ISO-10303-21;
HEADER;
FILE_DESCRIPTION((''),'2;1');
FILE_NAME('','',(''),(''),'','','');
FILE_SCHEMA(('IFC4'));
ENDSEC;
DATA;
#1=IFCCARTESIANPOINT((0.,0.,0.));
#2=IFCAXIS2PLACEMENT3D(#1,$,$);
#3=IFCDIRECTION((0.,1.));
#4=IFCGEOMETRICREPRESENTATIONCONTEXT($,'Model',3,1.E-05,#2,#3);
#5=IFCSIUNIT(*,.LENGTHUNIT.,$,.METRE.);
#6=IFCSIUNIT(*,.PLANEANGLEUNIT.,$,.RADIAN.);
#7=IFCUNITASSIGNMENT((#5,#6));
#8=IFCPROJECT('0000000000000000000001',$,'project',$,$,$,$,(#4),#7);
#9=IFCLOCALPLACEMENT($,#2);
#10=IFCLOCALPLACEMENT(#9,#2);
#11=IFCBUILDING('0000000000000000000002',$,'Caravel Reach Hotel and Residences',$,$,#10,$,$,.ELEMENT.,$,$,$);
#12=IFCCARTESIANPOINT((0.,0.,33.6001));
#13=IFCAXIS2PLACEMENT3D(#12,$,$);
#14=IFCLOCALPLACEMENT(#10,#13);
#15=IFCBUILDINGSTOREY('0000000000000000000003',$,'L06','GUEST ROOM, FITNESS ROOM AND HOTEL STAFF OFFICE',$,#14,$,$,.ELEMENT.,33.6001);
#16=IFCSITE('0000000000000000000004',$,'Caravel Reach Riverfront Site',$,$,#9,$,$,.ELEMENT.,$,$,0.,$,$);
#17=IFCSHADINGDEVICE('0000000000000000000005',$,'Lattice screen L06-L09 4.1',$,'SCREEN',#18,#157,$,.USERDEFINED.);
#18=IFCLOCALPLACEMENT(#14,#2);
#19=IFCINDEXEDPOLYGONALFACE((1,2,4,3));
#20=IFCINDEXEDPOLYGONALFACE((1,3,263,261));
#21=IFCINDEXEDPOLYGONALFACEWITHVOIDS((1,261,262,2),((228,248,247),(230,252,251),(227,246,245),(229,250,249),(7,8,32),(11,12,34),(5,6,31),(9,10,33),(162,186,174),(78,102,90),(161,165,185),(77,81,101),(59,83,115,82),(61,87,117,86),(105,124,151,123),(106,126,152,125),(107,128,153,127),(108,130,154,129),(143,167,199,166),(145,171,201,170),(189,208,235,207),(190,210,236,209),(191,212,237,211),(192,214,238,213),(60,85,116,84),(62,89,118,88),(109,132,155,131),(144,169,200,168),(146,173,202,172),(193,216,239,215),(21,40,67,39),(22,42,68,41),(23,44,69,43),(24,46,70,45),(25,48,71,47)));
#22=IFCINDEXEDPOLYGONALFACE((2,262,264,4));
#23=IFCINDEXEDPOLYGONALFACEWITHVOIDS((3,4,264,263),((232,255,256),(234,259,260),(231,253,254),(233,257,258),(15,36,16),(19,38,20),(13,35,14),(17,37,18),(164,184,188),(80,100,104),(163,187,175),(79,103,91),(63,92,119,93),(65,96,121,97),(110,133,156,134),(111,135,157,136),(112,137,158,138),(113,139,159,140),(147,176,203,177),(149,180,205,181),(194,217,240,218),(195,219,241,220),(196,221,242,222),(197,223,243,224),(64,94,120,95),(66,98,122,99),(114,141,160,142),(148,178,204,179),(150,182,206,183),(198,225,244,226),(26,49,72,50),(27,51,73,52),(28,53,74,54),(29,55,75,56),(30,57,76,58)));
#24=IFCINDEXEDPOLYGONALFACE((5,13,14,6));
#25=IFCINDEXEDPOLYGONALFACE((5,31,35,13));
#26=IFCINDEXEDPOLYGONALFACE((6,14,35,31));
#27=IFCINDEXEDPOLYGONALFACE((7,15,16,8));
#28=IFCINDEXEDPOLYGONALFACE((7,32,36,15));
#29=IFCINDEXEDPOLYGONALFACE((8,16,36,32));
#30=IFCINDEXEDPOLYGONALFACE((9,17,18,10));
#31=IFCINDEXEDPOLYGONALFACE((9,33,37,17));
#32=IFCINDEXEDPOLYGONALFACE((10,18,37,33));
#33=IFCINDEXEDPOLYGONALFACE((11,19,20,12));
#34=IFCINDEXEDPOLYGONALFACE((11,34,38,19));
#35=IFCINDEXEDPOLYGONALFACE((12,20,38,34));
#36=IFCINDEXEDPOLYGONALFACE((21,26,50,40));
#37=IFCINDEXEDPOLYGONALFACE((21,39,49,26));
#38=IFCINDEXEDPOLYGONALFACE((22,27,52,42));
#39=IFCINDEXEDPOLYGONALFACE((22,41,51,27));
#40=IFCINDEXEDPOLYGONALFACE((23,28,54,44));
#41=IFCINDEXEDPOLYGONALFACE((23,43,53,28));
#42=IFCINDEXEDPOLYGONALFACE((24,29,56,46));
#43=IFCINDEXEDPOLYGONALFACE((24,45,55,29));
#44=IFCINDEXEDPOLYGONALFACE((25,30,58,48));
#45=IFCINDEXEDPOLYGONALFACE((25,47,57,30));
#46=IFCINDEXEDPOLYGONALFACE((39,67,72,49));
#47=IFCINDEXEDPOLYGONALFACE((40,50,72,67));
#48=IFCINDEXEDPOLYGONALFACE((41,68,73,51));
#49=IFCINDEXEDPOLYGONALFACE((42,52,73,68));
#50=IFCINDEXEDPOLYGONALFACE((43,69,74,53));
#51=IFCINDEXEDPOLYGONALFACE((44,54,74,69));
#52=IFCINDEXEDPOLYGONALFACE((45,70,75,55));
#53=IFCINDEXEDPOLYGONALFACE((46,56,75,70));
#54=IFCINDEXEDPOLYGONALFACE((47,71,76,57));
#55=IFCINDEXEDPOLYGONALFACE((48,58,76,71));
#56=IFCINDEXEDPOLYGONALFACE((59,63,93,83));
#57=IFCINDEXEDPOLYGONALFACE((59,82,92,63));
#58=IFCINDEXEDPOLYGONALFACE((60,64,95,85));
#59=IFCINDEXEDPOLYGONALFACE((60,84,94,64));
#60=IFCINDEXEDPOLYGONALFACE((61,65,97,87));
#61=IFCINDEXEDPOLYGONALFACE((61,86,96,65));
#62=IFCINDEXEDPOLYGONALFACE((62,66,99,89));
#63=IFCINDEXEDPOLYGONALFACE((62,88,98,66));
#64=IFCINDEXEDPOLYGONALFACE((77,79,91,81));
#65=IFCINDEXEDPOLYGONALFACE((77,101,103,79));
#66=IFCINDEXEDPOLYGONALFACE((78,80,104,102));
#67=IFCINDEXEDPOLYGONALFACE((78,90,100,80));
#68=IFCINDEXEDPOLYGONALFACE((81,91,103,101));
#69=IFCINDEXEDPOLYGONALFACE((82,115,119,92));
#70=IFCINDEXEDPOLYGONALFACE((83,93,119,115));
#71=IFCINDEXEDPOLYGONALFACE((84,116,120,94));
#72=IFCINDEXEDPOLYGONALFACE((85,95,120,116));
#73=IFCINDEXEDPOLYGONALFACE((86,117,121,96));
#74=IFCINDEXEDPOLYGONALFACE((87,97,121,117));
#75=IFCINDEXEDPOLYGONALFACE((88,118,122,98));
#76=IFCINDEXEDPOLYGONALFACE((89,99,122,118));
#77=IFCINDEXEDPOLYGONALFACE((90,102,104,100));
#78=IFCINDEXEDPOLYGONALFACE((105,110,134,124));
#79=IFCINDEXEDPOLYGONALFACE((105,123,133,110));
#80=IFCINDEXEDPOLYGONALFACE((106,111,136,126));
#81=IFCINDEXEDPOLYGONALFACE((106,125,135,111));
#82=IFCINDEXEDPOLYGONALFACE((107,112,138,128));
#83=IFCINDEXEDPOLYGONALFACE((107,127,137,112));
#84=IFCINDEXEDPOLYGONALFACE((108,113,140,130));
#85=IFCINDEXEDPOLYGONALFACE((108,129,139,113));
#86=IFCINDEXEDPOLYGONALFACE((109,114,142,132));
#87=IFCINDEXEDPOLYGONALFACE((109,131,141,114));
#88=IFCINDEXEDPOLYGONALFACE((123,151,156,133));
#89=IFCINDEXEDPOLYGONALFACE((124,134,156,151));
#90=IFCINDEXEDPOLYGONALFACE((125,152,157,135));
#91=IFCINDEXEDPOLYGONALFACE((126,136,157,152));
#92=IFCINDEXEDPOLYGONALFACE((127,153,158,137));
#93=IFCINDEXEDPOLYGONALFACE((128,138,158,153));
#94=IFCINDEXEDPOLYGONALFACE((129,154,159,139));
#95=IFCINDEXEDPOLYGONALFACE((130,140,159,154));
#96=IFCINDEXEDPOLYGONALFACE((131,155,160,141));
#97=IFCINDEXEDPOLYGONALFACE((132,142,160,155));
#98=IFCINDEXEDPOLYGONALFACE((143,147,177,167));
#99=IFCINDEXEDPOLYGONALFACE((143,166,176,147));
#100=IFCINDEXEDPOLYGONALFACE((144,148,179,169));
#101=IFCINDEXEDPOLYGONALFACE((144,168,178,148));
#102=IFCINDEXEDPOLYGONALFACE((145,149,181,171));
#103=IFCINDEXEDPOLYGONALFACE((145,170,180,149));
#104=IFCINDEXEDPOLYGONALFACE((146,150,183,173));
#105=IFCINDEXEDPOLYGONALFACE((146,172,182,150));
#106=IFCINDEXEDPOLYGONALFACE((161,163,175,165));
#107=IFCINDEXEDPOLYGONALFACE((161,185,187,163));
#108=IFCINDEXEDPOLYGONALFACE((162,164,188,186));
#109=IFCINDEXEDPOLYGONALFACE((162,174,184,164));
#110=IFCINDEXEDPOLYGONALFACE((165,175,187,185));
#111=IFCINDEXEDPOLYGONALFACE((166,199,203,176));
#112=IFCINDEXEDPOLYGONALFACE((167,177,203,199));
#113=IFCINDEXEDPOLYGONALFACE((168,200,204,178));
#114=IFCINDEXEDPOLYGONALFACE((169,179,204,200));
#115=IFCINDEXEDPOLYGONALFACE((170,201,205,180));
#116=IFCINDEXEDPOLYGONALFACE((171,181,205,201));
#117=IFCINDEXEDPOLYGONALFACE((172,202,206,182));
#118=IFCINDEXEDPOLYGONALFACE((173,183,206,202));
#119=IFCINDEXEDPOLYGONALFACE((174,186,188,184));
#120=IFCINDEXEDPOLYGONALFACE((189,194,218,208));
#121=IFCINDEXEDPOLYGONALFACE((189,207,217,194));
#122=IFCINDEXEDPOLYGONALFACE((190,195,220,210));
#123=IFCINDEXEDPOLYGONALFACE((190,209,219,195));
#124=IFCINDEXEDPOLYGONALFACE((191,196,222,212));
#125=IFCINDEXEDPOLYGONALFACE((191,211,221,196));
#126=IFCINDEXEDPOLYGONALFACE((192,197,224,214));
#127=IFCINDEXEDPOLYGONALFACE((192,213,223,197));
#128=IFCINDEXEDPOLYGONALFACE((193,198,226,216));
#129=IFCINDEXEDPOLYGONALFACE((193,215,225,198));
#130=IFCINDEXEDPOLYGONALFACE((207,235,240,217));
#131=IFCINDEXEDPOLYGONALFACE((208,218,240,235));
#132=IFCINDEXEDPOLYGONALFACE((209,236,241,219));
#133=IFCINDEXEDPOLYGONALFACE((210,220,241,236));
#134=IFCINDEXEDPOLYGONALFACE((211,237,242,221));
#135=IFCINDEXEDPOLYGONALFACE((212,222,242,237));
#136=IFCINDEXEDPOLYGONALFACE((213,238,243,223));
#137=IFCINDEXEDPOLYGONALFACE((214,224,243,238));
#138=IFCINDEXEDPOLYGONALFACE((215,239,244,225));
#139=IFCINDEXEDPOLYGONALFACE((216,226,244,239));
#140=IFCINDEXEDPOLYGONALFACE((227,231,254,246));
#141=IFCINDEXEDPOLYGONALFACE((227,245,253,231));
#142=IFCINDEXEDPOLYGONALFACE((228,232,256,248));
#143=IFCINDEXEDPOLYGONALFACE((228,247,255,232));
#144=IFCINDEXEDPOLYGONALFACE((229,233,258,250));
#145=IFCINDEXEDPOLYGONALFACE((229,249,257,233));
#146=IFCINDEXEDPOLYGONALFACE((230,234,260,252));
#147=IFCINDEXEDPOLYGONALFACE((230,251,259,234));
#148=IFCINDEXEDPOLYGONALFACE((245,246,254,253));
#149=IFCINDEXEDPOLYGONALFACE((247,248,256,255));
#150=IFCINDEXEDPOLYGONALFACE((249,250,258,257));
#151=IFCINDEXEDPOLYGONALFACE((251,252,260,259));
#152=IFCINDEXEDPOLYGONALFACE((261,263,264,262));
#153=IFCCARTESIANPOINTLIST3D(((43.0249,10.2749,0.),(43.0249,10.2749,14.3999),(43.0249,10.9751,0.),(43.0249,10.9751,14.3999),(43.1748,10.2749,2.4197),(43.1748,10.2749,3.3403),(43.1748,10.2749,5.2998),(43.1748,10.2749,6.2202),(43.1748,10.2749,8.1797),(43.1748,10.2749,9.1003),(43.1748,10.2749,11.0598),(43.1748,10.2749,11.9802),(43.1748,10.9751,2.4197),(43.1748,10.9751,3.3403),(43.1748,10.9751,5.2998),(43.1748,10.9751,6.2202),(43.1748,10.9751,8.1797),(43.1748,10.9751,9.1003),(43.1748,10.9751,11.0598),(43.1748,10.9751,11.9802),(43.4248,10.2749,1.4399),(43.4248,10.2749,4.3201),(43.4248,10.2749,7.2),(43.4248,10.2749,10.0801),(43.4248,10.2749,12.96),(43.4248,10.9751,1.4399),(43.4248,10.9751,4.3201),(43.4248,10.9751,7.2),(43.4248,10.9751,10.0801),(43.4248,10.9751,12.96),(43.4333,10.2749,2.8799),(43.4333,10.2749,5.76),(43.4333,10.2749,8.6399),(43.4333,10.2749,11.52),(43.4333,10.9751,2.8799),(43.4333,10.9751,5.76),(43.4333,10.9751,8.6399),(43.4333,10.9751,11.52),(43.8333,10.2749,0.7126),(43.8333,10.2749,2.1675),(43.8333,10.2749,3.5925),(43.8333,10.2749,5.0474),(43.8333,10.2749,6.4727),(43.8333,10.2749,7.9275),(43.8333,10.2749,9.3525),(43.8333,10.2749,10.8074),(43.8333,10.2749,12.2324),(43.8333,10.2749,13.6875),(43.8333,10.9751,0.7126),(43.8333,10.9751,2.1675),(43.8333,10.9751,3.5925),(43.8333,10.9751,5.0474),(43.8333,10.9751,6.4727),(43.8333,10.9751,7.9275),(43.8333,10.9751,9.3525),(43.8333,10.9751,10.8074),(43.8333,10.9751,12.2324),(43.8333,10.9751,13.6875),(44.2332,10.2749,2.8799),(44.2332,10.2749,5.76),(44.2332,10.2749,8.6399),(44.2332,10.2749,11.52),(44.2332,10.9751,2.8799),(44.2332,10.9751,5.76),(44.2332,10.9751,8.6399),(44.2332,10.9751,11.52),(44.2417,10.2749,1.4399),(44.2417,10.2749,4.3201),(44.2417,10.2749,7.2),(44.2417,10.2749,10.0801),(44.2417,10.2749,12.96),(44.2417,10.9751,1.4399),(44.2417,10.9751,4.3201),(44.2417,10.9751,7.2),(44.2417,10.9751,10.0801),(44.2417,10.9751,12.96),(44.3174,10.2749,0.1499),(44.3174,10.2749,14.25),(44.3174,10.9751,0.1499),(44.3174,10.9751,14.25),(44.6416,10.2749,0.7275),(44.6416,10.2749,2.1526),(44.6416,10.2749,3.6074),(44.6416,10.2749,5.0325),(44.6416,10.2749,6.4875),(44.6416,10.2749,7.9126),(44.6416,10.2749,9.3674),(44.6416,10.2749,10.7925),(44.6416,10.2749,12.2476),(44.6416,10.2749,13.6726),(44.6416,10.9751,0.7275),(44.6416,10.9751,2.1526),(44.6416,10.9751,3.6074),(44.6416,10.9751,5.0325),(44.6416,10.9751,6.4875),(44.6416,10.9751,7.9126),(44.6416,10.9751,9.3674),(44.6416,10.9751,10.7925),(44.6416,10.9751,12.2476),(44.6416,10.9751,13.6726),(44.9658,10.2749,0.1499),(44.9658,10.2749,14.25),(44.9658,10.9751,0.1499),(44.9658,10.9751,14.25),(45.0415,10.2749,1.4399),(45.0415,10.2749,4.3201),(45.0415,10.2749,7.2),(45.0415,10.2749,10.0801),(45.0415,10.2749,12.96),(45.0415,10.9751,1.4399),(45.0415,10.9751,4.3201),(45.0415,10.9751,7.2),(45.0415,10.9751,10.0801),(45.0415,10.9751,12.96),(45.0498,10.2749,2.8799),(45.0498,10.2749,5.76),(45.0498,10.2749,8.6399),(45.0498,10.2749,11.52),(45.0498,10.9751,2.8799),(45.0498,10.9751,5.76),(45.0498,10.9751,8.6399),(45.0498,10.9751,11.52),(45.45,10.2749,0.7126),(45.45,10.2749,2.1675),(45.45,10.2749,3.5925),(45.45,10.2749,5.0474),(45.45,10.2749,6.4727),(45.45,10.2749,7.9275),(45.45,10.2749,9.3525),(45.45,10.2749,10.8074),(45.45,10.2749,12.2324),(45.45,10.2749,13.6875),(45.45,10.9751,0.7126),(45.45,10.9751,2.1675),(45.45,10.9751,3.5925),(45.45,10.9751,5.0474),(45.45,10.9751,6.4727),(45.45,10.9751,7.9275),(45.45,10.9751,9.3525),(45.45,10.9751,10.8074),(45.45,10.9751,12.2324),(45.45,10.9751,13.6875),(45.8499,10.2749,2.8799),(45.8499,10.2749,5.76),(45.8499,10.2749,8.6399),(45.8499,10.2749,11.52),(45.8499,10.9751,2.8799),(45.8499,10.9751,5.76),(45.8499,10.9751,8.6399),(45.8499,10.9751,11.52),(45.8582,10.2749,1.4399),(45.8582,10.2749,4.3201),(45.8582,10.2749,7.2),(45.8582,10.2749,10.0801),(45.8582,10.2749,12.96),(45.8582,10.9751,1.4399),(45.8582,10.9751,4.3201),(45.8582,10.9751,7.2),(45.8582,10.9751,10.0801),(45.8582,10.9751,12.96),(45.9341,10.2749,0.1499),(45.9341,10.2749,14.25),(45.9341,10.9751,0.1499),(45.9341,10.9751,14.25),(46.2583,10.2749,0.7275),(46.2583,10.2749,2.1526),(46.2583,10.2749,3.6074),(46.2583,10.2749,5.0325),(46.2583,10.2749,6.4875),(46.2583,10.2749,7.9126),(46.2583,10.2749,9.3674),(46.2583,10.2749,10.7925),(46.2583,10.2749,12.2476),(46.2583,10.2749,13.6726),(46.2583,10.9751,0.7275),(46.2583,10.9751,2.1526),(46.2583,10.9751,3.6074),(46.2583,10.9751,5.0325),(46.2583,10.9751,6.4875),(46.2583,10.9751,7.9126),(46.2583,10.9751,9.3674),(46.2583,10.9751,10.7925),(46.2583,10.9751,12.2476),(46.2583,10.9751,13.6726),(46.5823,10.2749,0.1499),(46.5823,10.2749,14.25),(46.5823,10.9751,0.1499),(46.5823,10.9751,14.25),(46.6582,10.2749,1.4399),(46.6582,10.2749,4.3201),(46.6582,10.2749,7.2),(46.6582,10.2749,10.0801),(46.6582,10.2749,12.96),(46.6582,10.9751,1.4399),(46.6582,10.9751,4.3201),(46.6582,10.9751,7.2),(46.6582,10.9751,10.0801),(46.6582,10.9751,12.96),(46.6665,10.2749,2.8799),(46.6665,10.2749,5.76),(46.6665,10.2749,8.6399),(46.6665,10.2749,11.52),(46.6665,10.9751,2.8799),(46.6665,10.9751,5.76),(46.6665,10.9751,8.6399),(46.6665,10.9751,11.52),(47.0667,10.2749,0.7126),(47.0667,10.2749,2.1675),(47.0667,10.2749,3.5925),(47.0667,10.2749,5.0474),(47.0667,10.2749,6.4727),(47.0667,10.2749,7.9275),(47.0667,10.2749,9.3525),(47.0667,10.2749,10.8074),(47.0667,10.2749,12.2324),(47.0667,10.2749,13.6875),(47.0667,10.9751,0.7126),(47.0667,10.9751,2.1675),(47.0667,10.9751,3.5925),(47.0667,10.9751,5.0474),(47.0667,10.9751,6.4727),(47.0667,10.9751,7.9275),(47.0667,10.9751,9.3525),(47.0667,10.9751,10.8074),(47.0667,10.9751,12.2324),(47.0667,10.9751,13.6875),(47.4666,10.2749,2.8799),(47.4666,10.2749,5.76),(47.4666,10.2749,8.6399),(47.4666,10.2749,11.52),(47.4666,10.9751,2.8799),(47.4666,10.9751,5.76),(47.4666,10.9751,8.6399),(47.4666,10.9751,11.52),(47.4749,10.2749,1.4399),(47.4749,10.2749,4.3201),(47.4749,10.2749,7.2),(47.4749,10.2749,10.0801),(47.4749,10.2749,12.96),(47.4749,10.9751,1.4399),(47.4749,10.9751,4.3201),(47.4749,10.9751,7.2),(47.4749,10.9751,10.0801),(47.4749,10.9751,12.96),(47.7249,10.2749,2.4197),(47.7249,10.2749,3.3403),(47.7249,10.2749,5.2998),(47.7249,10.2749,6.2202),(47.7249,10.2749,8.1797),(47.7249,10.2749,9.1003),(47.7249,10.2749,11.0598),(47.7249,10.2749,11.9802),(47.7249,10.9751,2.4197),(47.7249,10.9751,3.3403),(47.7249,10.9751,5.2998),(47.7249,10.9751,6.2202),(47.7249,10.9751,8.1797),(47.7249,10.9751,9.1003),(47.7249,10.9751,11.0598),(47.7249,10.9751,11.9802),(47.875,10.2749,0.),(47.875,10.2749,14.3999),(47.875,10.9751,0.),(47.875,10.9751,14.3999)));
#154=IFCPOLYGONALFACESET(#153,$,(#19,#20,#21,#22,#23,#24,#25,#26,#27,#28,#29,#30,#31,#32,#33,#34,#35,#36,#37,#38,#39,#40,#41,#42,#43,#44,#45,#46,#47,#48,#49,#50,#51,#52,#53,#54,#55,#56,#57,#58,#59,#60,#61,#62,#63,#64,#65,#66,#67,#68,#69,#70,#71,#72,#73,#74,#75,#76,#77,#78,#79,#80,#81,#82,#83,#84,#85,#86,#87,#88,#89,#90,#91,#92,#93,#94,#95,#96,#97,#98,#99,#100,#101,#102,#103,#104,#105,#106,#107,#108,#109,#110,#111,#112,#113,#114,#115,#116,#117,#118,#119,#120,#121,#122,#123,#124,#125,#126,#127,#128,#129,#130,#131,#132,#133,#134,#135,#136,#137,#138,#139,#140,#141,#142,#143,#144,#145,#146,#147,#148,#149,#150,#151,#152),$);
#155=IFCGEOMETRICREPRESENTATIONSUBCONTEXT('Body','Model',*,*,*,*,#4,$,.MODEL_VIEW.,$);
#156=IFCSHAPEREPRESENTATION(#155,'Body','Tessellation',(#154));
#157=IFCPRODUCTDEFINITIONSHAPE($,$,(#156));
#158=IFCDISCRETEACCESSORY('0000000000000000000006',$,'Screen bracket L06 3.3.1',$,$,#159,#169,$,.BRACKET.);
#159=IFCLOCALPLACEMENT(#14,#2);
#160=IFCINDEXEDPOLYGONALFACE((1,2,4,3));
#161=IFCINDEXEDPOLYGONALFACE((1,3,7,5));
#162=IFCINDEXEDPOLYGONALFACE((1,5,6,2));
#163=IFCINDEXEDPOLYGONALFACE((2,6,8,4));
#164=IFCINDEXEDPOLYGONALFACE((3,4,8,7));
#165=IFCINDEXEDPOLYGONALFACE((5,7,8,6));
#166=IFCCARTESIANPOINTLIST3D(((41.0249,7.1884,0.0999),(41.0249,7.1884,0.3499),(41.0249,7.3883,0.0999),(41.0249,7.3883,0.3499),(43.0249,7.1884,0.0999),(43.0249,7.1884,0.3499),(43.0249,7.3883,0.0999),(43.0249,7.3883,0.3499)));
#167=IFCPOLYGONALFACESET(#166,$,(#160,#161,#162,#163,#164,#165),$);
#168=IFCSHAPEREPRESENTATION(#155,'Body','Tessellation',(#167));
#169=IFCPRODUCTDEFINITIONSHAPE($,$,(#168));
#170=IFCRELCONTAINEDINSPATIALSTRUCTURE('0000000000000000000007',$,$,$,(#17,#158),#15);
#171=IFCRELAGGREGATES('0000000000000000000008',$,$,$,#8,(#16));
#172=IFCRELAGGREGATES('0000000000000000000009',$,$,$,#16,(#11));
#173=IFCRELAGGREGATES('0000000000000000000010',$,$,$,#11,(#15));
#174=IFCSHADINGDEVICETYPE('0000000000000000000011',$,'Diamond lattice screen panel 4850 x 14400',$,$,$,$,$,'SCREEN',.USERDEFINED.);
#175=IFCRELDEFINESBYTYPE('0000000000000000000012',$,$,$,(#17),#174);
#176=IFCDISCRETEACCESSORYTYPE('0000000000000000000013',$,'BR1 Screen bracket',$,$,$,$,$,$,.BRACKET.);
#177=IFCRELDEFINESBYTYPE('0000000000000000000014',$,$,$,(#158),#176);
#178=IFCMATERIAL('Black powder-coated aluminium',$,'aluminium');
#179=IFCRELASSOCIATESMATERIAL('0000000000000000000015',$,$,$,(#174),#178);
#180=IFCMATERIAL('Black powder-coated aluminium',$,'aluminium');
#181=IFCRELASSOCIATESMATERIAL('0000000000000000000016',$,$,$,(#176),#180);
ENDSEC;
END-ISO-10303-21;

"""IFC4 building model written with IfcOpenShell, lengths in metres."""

from ifc_helpers import new_model, si_unit, direction, frame, origin, origin_2d, place, context, subcontext, project, spatial, polyline, rectangle, outline, extrude, material, type_object, element, save


model = new_model("IFC4")

# Units and contexts
model_context = context("Model", 3, precision=1e-05, world=origin(), true_north=direction((0.0, 1.0)))
body_context = subcontext(model_context, "Body", "Model", "MODEL_VIEW")
ifc_project = project(units=[si_unit("LENGTHUNIT", "METRE"), si_unit("PLANEANGLEUNIT", "RADIAN")], contexts=[model_context])

# Site, building, storey
site_placement = place(None, origin())
site = spatial("IfcSite", under=ifc_project, at=site_placement, Name="Caravel Reach Riverfront Site", CompositionType="ELEMENT", RefElevation=0.0)
building_placement = place(site_placement, origin())
building = spatial("IfcBuilding", under=site, at=building_placement, Name="Caravel Reach Hotel and Residences", CompositionType="ELEMENT")
storey_placement = place(building_placement, frame((0.0, 0.0, 33.6001)))
storey = spatial("IfcBuildingStorey", under=building, at=storey_placement, Name="L06", Description="GUEST ROOM, FITNESS ROOM AND HOTEL STAFF OFFICE", CompositionType="ELEMENT", Elevation=33.6001)

# Shading device
ifc_material_1 = material(Name="Black powder-coated aluminium", Category="aluminium")
shading_device_type_1 = type_object("IfcShadingDeviceType", Name="Diamond lattice screen panel 4850 x 14400", ElementType="SCREEN", PredefinedType="USERDEFINED", material=ifc_material_1)
shading_device_1_placement = place(storey_placement, frame((43.0249, 10.9751, 0.0), z_axis=(0.0, -1.0, 0.0), x_axis=(1.0, 0.0, 0.0)))
element("IfcShadingDevice", 1, at=shading_device_1_placement, inside=storey, type_object=shading_device_type_1, Name="Lattice screen L06-L09 4.1", ObjectType="SCREEN", PredefinedType="USERDEFINED", context=body_context, shape_type="SweptSolid", body=[
    extrude(outline(polyline([(0.0, 0.0), (4.8501, 0.0), (4.8501, 14.3999), (0.0, 14.3999), (0.0, 0.0)]), holes=[polyline([(0.4084, 2.8799), (0.1499, 3.3403), (0.1499, 2.4197), (0.4084, 2.8799)]), polyline([(0.4084, 5.76), (0.1499, 6.2202), (0.1499, 5.2998), (0.4084, 5.76)]), polyline([(0.4084, 8.6399), (0.1499, 9.1003), (0.1499, 8.1797), (0.4084, 8.6399)]), polyline([(0.4084, 11.52), (0.1499, 11.9802), (0.1499, 11.0598), (0.4084, 11.52)]), polyline([(0.8083, 2.1675), (0.3999, 1.4399), (0.8083, 0.7126), (1.2168, 1.4399), (0.8083, 2.1675)]), polyline([(0.8083, 5.0474), (0.3999, 4.3201), (0.8083, 3.5925), (1.2168, 4.3201), (0.8083, 5.0474)]), polyline([(0.8083, 7.9275), (0.3999, 7.2), (0.8083, 6.4727), (1.2168, 7.2), (0.8083, 7.9275)]), polyline([(0.8083, 10.8074), (0.3999, 10.0801), (0.8083, 9.3525), (1.2168, 10.0801), (0.8083, 10.8074)]), polyline([(0.8083, 13.6875), (0.3999, 12.96), (0.8083, 12.2324), (1.2168, 12.96), (0.8083, 13.6875)]), polyline([(1.6167, 0.7275), (1.2925, 0.1499), (1.9409, 0.1499), (1.6167, 0.7275)]), polyline([(1.6167, 3.6074), (1.2083, 2.8799), (1.6167, 2.1526), (2.0249, 2.8799), (1.6167, 3.6074)]), polyline([(1.6167, 6.4875), (1.2083, 5.76), (1.6167, 5.0325), (2.0249, 5.76), (1.6167, 6.4875)]), polyline([(1.6167, 9.3674), (1.2083, 8.6399), (1.6167, 7.9126), (2.0249, 8.6399), (1.6167, 9.3674)]), polyline([(1.6167, 12.2476), (1.2083, 11.52), (1.6167, 10.7925), (2.0249, 11.52), (1.6167, 12.2476)]), polyline([(1.6167, 13.6726), (1.9409, 14.25), (1.2925, 14.25), (1.6167, 13.6726)]), polyline([(2.425, 2.1675), (2.0166, 1.4399), (2.425, 0.7126), (2.8333, 1.4399), (2.425, 2.1675)]), polyline([(2.425, 5.0474), (2.0166, 4.3201), (2.425, 3.5925), (2.8333, 4.3201), (2.425, 5.0474)]), polyline([(2.425, 7.9275), (2.0166, 7.2), (2.425, 6.4727), (2.8333, 7.2), (2.425, 7.9275)]), polyline([(2.425, 10.8074), (2.0166, 10.0801), (2.425, 9.3525), (2.8333, 10.0801), (2.425, 10.8074)]), polyline([(2.425, 13.6875), (2.0166, 12.96), (2.425, 12.2324), (2.8333, 12.96), (2.425, 13.6875)]), polyline([(3.2334, 0.7275), (2.9092, 0.1499), (3.5574, 0.1499), (3.2334, 0.7275)]), polyline([(3.2334, 3.6074), (2.825, 2.8799), (3.2334, 2.1526), (3.6416, 2.8799), (3.2334, 3.6074)]), polyline([(3.2334, 6.4875), (2.825, 5.76), (3.2334, 5.0325), (3.6416, 5.76), (3.2334, 6.4875)]), polyline([(3.2334, 9.3674), (2.825, 8.6399), (3.2334, 7.9126), (3.6416, 8.6399), (3.2334, 9.3674)]), polyline([(3.2334, 12.2476), (2.825, 11.52), (3.2334, 10.7925), (3.6416, 11.52), (3.2334, 12.2476)]), polyline([(3.2334, 13.6726), (3.5574, 14.25), (2.9092, 14.25), (3.2334, 13.6726)]), polyline([(4.0417, 2.1675), (3.6333, 1.4399), (4.0417, 0.7126), (4.45, 1.4399), (4.0417, 2.1675)]), polyline([(4.0417, 5.0474), (3.6333, 4.3201), (4.0417, 3.5925), (4.45, 4.3201), (4.0417, 5.0474)]), polyline([(4.0417, 7.9275), (3.6333, 7.2), (4.0417, 6.4727), (4.45, 7.2), (4.0417, 7.9275)]), polyline([(4.0417, 10.8074), (3.6333, 10.0801), (4.0417, 9.3525), (4.45, 10.0801), (4.0417, 10.8074)]), polyline([(4.0417, 13.6875), (3.6333, 12.96), (4.0417, 12.2324), (4.45, 12.96), (4.0417, 13.6875)]), polyline([(4.4417, 2.8799), (4.7, 2.4197), (4.7, 3.3403), (4.4417, 2.8799)]), polyline([(4.4417, 5.76), (4.7, 5.2998), (4.7, 6.2202), (4.4417, 5.76)]), polyline([(4.4417, 8.6399), (4.7, 8.1797), (4.7, 9.1003), (4.4417, 8.6399)]), polyline([(4.4417, 11.52), (4.7, 11.0598), (4.7, 11.9802), (4.4417, 11.52)])]), origin(), (0.0, 0.0, 1.0), 0.7002),
])

# Discrete accessory
ifc_material_2 = material(Name="Black powder-coated aluminium", Category="aluminium")
discrete_accessory_type = type_object("IfcDiscreteAccessoryType", Name="BR1 Screen bracket", PredefinedType="BRACKET", material=ifc_material_2)
discrete_accessory_placement = place(storey_placement, frame((42.0249, 7.2883, 0.0999), z_axis=(0.0, 0.0, 1.0), x_axis=(1.0, 0.0, 0.0)))
element("IfcDiscreteAccessory", 2, at=discrete_accessory_placement, inside=storey, type_object=discrete_accessory_type, Name="Screen bracket L06 3.3.1", PredefinedType="BRACKET", context=body_context, shape_type="SweptSolid", body=[
    extrude(rectangle(XDim=2.0, YDim=0.2, at=origin_2d()), origin(), (0.0, 0.0, 1.0), 0.25),
])

save(model, "model.ifc")
